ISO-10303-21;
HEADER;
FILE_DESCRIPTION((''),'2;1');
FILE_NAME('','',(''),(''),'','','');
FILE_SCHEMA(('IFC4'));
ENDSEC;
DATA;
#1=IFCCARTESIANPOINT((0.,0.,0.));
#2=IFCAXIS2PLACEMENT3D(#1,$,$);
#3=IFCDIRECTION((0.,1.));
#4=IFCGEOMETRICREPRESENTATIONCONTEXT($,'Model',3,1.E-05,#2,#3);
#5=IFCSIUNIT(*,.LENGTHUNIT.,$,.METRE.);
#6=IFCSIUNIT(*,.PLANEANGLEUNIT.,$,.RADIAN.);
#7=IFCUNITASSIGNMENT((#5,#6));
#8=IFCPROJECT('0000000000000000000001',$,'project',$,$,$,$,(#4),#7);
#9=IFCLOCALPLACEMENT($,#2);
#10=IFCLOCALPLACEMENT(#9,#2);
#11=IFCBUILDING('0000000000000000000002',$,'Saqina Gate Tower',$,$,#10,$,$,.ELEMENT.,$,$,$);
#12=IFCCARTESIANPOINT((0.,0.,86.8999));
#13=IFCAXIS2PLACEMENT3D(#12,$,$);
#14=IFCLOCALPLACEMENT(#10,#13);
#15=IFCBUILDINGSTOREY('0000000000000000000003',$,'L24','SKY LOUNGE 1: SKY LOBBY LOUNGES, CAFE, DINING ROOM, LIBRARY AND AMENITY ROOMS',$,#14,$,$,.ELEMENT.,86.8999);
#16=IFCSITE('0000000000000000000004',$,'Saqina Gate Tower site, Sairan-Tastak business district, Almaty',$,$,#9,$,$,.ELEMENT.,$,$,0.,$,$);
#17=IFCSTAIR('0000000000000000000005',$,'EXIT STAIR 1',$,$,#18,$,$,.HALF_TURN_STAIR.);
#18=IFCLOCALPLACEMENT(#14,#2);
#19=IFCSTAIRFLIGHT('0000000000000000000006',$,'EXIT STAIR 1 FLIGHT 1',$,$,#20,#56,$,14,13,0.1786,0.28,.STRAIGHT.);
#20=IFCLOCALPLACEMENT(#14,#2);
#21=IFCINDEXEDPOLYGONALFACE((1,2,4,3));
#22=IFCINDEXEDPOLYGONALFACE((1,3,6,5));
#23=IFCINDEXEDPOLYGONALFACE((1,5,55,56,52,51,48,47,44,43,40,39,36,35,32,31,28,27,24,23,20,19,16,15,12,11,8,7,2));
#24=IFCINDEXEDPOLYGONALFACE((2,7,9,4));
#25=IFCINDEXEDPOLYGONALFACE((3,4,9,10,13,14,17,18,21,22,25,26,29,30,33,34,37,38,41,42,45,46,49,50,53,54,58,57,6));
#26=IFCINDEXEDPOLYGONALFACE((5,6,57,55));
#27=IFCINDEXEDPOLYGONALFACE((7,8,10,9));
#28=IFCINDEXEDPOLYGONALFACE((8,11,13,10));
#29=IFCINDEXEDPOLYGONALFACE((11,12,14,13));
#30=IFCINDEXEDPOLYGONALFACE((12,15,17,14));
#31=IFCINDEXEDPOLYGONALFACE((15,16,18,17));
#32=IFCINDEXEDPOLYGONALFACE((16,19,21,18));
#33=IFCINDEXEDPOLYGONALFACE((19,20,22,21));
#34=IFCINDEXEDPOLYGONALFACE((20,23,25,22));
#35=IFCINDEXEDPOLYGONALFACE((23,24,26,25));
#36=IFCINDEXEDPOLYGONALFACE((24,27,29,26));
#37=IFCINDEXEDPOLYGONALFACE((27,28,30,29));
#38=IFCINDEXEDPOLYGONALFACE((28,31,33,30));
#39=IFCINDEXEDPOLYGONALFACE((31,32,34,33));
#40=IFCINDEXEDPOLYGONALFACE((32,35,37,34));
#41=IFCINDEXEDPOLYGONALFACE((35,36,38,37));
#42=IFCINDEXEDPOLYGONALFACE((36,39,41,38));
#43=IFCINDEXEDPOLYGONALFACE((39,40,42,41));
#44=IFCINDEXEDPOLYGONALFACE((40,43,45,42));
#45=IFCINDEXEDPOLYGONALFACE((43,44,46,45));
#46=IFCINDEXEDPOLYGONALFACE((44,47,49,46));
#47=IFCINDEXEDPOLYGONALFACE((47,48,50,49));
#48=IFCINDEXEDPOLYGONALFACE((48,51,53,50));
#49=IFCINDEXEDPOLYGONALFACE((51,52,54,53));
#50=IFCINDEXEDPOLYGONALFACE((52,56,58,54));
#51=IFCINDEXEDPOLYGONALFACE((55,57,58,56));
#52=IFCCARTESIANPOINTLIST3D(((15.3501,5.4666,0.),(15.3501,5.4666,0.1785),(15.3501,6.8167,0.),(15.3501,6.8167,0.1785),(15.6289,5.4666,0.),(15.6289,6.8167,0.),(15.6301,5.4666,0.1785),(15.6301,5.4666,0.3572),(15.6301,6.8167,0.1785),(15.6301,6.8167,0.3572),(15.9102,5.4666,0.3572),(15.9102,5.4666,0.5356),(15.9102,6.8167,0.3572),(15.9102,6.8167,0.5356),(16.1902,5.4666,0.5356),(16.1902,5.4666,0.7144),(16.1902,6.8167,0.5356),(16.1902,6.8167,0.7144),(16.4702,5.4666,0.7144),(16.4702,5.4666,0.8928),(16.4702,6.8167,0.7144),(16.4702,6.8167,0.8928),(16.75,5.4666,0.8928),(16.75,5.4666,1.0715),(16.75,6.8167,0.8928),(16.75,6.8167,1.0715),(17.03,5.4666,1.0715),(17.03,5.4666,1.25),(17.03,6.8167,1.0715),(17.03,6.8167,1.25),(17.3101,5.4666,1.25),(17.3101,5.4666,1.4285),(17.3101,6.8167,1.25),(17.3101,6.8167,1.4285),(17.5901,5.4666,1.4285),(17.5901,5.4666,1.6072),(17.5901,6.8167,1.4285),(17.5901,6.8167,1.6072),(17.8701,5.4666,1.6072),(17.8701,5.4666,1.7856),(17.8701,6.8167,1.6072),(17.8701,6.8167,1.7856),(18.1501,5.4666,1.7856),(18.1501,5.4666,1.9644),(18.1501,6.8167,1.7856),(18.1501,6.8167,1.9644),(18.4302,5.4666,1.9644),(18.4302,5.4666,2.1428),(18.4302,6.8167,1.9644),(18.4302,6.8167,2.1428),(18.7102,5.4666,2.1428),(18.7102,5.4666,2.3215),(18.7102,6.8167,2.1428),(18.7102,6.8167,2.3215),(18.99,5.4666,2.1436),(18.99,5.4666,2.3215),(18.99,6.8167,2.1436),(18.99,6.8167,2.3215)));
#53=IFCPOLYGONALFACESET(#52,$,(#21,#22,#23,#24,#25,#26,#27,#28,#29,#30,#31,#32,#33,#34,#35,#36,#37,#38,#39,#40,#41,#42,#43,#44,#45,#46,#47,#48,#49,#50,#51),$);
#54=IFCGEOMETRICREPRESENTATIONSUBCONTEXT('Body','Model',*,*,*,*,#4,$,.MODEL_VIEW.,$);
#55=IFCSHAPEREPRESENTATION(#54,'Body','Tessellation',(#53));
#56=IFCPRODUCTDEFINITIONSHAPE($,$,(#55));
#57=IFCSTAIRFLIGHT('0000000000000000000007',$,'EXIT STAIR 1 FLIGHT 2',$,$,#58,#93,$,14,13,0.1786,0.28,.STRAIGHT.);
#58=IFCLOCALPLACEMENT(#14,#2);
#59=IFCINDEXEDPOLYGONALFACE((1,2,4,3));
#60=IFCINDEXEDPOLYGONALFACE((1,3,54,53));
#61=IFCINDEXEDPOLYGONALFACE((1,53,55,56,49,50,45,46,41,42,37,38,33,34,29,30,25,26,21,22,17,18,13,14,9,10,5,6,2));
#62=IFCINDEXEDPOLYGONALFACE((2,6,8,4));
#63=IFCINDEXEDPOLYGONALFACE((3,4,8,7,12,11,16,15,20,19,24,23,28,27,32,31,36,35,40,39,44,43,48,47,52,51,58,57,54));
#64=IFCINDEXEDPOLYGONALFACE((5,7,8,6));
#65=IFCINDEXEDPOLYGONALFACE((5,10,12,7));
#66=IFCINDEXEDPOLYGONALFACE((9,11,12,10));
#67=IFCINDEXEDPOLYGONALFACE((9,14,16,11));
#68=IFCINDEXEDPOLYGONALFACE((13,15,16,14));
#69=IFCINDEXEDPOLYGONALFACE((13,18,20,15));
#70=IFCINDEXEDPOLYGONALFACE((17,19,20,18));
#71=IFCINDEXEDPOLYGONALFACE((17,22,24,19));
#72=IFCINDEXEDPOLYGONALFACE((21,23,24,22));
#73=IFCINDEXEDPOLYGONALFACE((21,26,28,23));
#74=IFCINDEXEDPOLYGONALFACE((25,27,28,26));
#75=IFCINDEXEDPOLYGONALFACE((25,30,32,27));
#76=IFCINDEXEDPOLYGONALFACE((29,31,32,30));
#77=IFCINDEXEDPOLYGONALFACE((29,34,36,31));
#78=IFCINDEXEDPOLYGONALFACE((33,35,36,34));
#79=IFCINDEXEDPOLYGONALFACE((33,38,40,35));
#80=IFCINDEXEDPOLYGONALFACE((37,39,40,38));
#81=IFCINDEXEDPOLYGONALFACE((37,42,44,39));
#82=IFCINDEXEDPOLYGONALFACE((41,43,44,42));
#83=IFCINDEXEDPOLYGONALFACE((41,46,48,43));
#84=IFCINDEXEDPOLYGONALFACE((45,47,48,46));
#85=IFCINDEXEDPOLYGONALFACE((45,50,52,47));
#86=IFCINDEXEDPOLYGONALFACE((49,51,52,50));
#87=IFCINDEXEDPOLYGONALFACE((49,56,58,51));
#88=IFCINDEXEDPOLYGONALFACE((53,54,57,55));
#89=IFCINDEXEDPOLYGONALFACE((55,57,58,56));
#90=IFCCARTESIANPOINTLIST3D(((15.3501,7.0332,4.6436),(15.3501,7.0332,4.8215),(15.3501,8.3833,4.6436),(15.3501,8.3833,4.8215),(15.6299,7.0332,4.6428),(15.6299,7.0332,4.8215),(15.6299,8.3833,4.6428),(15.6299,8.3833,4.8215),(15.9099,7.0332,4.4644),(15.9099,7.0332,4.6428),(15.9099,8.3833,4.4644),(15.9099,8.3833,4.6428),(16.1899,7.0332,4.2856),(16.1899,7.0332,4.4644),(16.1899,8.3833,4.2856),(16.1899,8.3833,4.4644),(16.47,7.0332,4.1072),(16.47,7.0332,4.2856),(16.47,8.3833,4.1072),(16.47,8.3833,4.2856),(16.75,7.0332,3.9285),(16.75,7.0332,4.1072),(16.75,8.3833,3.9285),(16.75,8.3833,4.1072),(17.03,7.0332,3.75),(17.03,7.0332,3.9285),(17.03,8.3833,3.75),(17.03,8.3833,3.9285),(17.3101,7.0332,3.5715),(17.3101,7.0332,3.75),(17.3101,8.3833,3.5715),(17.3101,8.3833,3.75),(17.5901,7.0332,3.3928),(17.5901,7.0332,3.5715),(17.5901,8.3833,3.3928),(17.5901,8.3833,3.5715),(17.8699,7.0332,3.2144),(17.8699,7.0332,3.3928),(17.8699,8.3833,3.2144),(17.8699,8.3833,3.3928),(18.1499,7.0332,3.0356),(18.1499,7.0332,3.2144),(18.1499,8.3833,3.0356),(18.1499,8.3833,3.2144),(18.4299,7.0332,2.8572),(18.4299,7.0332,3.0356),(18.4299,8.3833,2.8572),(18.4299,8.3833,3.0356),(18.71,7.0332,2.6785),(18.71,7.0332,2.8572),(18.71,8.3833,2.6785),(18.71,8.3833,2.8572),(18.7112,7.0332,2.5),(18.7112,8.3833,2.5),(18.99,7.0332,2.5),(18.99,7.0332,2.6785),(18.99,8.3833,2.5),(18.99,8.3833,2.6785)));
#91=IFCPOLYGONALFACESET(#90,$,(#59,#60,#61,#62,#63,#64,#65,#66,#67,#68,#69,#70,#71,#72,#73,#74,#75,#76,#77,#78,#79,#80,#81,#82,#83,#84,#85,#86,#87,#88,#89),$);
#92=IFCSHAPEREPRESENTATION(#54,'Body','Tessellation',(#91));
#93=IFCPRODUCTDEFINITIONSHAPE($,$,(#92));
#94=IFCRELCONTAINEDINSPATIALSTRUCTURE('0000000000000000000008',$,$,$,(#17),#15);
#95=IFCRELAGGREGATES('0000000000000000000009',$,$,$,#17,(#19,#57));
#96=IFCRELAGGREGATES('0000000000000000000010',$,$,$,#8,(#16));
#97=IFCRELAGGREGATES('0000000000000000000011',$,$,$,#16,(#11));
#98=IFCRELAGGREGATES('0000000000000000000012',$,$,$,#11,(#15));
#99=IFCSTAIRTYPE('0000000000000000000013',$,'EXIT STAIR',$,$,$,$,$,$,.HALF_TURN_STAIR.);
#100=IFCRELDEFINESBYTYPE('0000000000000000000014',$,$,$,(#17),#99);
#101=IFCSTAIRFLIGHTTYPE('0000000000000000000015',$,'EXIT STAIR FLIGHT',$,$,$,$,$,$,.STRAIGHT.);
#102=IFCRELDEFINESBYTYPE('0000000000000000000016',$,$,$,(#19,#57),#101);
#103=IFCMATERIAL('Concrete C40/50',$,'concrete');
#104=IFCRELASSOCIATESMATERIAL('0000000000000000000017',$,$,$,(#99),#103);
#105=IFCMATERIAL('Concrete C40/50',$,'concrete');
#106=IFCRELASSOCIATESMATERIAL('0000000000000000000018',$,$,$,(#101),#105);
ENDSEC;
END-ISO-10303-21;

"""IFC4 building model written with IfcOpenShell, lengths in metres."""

from ifc_helpers import new_model, si_unit, direction, frame, origin, place, context, subcontext, project, spatial, polyline, outline, extrude, material, type_object, element, aggregate, save


model = new_model("IFC4")

# Units and contexts
model_context = context("Model", 3, precision=1e-05, world=origin(), true_north=direction((0.0, 1.0)))
body_context = subcontext(model_context, "Body", "Model", "MODEL_VIEW")
ifc_project = project(units=[si_unit("LENGTHUNIT", "METRE"), si_unit("PLANEANGLEUNIT", "RADIAN")], contexts=[model_context])

# Site, building, storey
site_placement = place(None, origin())
site = spatial("IfcSite", under=ifc_project, at=site_placement, Name="Saqina Gate Tower site, Sairan-Tastak business district, Almaty", CompositionType="ELEMENT", RefElevation=0.0)
building_placement = place(site_placement, origin())
building = spatial("IfcBuilding", under=site, at=building_placement, Name="Saqina Gate Tower", CompositionType="ELEMENT")
storey_placement = place(building_placement, frame((0.0, 0.0, 86.8999)))
storey = spatial("IfcBuildingStorey", under=building, at=storey_placement, Name="L24", Description="SKY LOUNGE 1: SKY LOBBY LOUNGES, CAFE, DINING ROOM, LIBRARY AND AMENITY ROOMS", CompositionType="ELEMENT", Elevation=86.8999)

# Stair, stair flights
ifc_material_1 = material(Name="Concrete C40/50", Category="concrete")
stair_type = type_object("IfcStairType", Name="EXIT STAIR", PredefinedType="HALF_TURN_STAIR", material=ifc_material_1)
stair_placement = place(storey_placement, origin())
stair = element("IfcStair", 1, at=stair_placement, inside=storey, type_object=stair_type, Name="EXIT STAIR 1", PredefinedType="HALF_TURN_STAIR")
ifc_material_2 = material(Name="Concrete C40/50", Category="concrete")
stair_flight_type = type_object("IfcStairFlightType", Name="EXIT STAIR FLIGHT", PredefinedType="STRAIGHT", material=ifc_material_2)
stair_flight_1_placement = place(storey_placement, frame((15.3501, 6.1416, 0.0), z_axis=(0.0, 0.0, 1.0), x_axis=(1.0, 0.0, 0.0)))
stair_flight_1 = element("IfcStairFlight", 2, at=stair_flight_1_placement, type_object=stair_flight_type, Name="EXIT STAIR 1 FLIGHT 1", NumberOfRisers=14, NumberOfTreads=13, PredefinedType="STRAIGHT", RiserHeight=0.1786, TreadLength=0.28, context=body_context, shape_type="SweptSolid", body=[
    extrude(outline(polyline([(0.0, 0.0), (0.0, 0.1785), (0.28, 0.1785), (0.28, 0.3572), (0.5601, 0.3572), (0.5601, 0.5356), (0.8401, 0.5356), (0.8401, 0.7144), (1.1201, 0.7144), (1.1201, 0.8928), (1.3999, 0.8928), (1.3999, 1.0715), (1.6799, 1.0715), (1.6799, 1.25), (1.96, 1.25), (1.96, 1.4285), (2.24, 1.4285), (2.24, 1.6072), (2.52, 1.6072), (2.52, 1.7856), (2.8, 1.7856), (2.8, 1.9644), (3.0801, 1.9644), (3.0801, 2.1428), (3.3601, 2.1428), (3.3601, 2.3215), (3.6399, 2.3215), (3.6399, 2.5), (3.6399, 2.1436), (0.2788, 0.0), (0.0, 0.0)])), frame((0.0, 0.675, 0.0), z_axis=(0.0, -1.0, 0.0), x_axis=(1.0, 0.0, 0.0)), (0.0, 0.0, 1.0), 1.3501),
])
stair_flight_2_placement = place(storey_placement, frame((18.99, 7.7083, 2.5), z_axis=(0.0, 0.0, 1.0), x_axis=(-1.0, 0.0, 0.0)))
stair_flight_2 = element("IfcStairFlight", 3, at=stair_flight_2_placement, type_object=stair_flight_type, Name="EXIT STAIR 1 FLIGHT 2", NumberOfRisers=14, NumberOfTreads=13, PredefinedType="STRAIGHT", RiserHeight=0.1786, TreadLength=0.28, context=body_context, shape_type="SweptSolid", body=[
    extrude(outline(polyline([(0.0, 0.0), (0.0, 0.1785), (0.28, 0.1785), (0.28, 0.3572), (0.5601, 0.3572), (0.5601, 0.5356), (0.8401, 0.5356), (0.8401, 0.7144), (1.1201, 0.7144), (1.1201, 0.8928), (1.3999, 0.8928), (1.3999, 1.0715), (1.6799, 1.0715), (1.6799, 1.25), (1.96, 1.25), (1.96, 1.4285), (2.24, 1.4285), (2.24, 1.6072), (2.52, 1.6072), (2.52, 1.7856), (2.8, 1.7856), (2.8, 1.9644), (3.0801, 1.9644), (3.0801, 2.1428), (3.3601, 2.1428), (3.3601, 2.3215), (3.6399, 2.3215), (3.6399, 2.5), (3.6399, 2.1436), (0.2788, 0.0), (0.0, 0.0)])), frame((0.0, 0.675, 0.0), z_axis=(0.0, -1.0, 0.0), x_axis=(1.0, 0.0, 0.0)), (0.0, 0.0, 1.0), 1.3501),
])
aggregate(stair, [stair_flight_1, stair_flight_2])

save(model, "model.ifc")
